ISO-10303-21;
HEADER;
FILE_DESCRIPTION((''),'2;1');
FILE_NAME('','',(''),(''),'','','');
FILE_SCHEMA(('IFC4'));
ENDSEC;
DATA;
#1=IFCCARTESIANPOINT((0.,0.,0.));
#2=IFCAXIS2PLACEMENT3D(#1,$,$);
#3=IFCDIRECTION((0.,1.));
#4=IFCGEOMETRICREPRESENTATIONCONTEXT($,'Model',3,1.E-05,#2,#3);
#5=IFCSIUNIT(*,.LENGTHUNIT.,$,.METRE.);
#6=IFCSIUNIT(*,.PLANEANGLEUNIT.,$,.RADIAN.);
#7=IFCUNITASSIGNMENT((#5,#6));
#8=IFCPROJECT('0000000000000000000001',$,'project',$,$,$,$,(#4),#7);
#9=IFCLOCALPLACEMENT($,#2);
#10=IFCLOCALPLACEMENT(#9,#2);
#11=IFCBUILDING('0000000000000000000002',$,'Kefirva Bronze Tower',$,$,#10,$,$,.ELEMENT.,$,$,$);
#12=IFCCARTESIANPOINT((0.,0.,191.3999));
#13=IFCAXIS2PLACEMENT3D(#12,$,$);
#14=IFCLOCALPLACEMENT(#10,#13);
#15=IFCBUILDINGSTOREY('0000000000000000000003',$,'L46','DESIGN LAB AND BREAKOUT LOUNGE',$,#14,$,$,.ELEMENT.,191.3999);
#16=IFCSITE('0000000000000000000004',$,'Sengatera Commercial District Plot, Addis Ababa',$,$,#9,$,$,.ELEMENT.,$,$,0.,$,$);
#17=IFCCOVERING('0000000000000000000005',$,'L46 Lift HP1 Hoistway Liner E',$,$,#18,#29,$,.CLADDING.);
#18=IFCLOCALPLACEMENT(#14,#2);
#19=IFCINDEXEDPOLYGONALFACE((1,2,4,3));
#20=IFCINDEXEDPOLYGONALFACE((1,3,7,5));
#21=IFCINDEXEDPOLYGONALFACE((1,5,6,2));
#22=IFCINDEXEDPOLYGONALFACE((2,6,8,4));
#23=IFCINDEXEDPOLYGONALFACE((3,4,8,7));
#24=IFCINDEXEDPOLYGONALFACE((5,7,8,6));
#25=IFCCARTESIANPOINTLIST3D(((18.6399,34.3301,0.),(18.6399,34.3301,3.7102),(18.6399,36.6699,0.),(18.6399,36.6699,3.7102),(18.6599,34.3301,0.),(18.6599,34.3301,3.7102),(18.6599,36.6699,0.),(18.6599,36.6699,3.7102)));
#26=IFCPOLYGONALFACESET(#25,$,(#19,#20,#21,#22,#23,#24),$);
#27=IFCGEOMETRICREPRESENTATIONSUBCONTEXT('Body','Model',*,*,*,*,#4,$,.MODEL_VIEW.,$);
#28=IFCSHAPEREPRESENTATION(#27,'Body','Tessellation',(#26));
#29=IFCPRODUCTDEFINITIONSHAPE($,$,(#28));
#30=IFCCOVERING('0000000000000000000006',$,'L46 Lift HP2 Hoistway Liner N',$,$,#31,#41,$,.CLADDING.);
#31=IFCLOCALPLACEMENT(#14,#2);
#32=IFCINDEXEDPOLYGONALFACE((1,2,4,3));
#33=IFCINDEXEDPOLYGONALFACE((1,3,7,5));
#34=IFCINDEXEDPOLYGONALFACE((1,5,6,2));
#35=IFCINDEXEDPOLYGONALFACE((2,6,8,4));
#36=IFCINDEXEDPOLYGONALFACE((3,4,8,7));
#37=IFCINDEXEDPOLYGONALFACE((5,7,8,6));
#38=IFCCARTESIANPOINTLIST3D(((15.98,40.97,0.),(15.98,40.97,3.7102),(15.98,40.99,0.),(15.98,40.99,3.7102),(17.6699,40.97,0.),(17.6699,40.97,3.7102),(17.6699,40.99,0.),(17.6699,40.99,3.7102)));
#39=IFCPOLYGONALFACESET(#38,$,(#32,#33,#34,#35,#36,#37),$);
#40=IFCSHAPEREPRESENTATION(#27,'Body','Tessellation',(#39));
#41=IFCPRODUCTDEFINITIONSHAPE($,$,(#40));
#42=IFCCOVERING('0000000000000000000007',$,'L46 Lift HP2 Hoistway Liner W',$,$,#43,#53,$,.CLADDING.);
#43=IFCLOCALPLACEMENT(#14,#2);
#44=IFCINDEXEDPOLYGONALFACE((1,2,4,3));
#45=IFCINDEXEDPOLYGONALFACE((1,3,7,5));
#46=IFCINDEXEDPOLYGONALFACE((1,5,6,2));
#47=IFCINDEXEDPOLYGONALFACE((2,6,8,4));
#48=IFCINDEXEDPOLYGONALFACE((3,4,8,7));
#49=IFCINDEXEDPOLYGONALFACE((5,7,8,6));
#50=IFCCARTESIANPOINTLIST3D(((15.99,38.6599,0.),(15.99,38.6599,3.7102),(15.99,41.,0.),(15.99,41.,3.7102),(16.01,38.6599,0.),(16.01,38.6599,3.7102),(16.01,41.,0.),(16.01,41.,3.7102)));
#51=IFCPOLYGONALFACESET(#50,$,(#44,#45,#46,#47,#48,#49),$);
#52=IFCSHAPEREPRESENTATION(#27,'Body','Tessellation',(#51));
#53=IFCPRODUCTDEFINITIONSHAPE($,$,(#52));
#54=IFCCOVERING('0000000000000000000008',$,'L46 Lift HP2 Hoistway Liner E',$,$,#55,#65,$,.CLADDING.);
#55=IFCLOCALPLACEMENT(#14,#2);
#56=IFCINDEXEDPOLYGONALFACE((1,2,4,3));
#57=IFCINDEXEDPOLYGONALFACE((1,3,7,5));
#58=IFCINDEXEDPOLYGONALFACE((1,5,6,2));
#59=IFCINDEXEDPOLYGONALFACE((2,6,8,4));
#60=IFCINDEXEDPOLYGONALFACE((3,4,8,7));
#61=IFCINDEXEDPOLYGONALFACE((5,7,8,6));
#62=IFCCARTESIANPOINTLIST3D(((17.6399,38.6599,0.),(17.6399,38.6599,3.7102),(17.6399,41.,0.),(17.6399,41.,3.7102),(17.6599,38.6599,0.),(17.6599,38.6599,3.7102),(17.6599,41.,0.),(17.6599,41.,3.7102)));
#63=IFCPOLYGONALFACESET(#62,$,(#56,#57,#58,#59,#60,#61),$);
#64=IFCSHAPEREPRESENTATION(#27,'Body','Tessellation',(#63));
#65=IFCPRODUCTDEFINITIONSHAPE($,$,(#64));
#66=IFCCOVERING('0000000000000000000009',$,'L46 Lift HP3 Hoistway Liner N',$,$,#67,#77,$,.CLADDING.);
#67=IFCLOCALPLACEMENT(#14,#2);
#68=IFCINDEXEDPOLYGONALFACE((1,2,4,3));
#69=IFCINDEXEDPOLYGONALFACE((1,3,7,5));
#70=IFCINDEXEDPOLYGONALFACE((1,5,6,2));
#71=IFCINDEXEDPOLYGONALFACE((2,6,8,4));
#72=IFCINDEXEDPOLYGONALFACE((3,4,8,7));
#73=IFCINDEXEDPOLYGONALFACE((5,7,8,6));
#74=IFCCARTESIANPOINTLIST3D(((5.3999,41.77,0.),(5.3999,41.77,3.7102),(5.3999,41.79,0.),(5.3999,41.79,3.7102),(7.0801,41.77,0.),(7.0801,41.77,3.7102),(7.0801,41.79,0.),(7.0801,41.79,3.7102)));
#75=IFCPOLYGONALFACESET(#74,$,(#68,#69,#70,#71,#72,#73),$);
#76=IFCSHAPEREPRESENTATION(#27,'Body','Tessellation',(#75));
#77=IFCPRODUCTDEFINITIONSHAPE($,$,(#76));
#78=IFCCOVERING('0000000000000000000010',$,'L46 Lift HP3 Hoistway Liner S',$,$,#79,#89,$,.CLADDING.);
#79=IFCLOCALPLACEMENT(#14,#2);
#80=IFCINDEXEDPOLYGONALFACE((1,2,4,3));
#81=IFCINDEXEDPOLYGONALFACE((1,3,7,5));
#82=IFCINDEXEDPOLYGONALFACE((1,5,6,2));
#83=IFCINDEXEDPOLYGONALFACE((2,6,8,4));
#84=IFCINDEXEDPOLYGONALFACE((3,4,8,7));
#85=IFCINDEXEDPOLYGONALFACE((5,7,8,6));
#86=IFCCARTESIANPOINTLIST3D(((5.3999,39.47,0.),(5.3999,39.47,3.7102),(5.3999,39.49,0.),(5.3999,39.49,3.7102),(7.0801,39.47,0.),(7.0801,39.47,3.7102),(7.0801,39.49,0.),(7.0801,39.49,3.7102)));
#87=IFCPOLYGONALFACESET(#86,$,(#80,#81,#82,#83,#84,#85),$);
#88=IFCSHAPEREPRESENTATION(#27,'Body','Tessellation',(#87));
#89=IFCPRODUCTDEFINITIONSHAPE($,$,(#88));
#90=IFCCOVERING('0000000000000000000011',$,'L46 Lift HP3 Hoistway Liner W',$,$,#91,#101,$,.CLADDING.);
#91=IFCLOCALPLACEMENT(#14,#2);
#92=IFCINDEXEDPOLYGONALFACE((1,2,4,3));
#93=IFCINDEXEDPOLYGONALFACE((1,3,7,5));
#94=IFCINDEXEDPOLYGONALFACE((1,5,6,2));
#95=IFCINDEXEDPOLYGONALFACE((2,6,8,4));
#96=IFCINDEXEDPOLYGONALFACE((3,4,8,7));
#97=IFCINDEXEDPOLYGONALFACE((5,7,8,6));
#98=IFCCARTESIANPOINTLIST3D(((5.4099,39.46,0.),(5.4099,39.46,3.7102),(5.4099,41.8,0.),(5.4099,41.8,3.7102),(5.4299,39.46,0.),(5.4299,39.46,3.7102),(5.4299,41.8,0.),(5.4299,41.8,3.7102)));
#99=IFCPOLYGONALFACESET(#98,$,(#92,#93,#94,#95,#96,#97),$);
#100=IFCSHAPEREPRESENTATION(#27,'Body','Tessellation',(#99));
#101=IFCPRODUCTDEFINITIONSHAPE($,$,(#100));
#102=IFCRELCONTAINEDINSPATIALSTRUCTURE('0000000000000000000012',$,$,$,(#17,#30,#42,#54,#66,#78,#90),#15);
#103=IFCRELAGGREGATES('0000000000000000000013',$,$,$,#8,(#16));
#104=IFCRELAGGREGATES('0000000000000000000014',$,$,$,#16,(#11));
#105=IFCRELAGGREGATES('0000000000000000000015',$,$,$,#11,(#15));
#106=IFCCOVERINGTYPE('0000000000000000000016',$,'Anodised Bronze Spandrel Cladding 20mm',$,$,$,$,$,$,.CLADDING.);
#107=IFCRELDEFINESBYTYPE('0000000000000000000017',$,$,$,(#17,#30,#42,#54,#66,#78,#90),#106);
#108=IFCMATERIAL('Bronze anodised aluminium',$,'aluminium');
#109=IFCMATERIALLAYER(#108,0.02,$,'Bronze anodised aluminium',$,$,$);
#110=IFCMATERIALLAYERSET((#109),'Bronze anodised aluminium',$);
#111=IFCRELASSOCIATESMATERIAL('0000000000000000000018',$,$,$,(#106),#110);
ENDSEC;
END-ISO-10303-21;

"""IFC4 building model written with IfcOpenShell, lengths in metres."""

from ifc_helpers import new_model, si_unit, direction, frame, origin, place, context, subcontext, project, spatial, polyline, outline, extrude, material, layer, layer_set, type_object, element, save


model = new_model("IFC4")

# Units and contexts
model_context = context("Model", 3, precision=1e-05, world=origin(), true_north=direction((0.0, 1.0)))
body_context = subcontext(model_context, "Body", "Model", "MODEL_VIEW")
ifc_project = project(units=[si_unit("LENGTHUNIT", "METRE"), si_unit("PLANEANGLEUNIT", "RADIAN")], contexts=[model_context])

# Site, building, storey
site_placement = place(None, origin())
site = spatial("IfcSite", under=ifc_project, at=site_placement, Name="Sengatera Commercial District Plot, Addis Ababa", CompositionType="ELEMENT", RefElevation=0.0)
building_placement = place(site_placement, origin())
building = spatial("IfcBuilding", under=site, at=building_placement, Name="Kefirva Bronze Tower", CompositionType="ELEMENT")
storey_placement = place(building_placement, frame((0.0, 0.0, 191.3999)))
storey = spatial("IfcBuildingStorey", under=building, at=storey_placement, Name="L46", Description="DESIGN LAB AND BREAKOUT LOUNGE", CompositionType="ELEMENT", Elevation=191.3999)

# Coverings
ifc_material_1 = material(Name="Bronze anodised aluminium", Category="aluminium")
ifc_layer_1 = layer(ifc_material_1, 0.02, Name="Bronze anodised aluminium")
ifc_layer_set_1 = layer_set([ifc_layer_1], Name="Bronze anodised aluminium")
covering_type = type_object("IfcCoveringType", Name="Anodised Bronze Spandrel Cladding 20mm", PredefinedType="CLADDING", material=ifc_layer_set_1)
covering_1_placement = place(storey_placement, origin())
element("IfcCovering", 1, at=covering_1_placement, inside=storey, type_object=covering_type, Name="L46 Lift HP1 Hoistway Liner E", PredefinedType="CLADDING", context=body_context, shape_type="SweptSolid", body=[
    extrude(outline(polyline([(18.6399, 34.3301), (18.6599, 34.3301), (18.6599, 36.6699), (18.6399, 36.6699), (18.6399, 34.3301)])), origin(), (0.0, 0.0, 1.0), 3.7102),
])
covering_2_placement = place(storey_placement, origin())
element("IfcCovering", 2, at=covering_2_placement, inside=storey, type_object=covering_type, Name="L46 Lift HP2 Hoistway Liner N", PredefinedType="CLADDING", context=body_context, shape_type="SweptSolid", body=[
    extrude(outline(polyline([(15.98, 40.97), (17.6699, 40.97), (17.6699, 40.99), (15.98, 40.99), (15.98, 40.97)])), origin(), (0.0, 0.0, 1.0), 3.7102),
])
covering_3_placement = place(storey_placement, origin())
element("IfcCovering", 3, at=covering_3_placement, inside=storey, type_object=covering_type, Name="L46 Lift HP2 Hoistway Liner W", PredefinedType="CLADDING", context=body_context, shape_type="SweptSolid", body=[
    extrude(outline(polyline([(15.99, 38.6599), (16.01, 38.6599), (16.01, 41.0), (15.99, 41.0), (15.99, 38.6599)])), origin(), (0.0, 0.0, 1.0), 3.7102),
])
covering_4_placement = place(storey_placement, origin())
element("IfcCovering", 4, at=covering_4_placement, inside=storey, type_object=covering_type, Name="L46 Lift HP2 Hoistway Liner E", PredefinedType="CLADDING", context=body_context, shape_type="SweptSolid", body=[
    extrude(outline(polyline([(17.6399, 38.6599), (17.6599, 38.6599), (17.6599, 41.0), (17.6399, 41.0), (17.6399, 38.6599)])), origin(), (0.0, 0.0, 1.0), 3.7102),
])
covering_5_placement = place(storey_placement, origin())
element("IfcCovering", 5, at=covering_5_placement, inside=storey, type_object=covering_type, Name="L46 Lift HP3 Hoistway Liner N", PredefinedType="CLADDING", context=body_context, shape_type="SweptSolid", body=[
    extrude(outline(polyline([(5.3999, 41.77), (7.0801, 41.77), (7.0801, 41.79), (5.3999, 41.79), (5.3999, 41.77)])), origin(), (0.0, 0.0, 1.0), 3.7102),
])
covering_6_placement = place(storey_placement, origin())
element("IfcCovering", 6, at=covering_6_placement, inside=storey, type_object=covering_type, Name="L46 Lift HP3 Hoistway Liner S", PredefinedType="CLADDING", context=body_context, shape_type="SweptSolid", body=[
    extrude(outline(polyline([(5.3999, 39.47), (7.0801, 39.47), (7.0801, 39.49), (5.3999, 39.49), (5.3999, 39.47)])), origin(), (0.0, 0.0, 1.0), 3.7102),
])
covering_7_placement = place(storey_placement, origin())
element("IfcCovering", 7, at=covering_7_placement, inside=storey, type_object=covering_type, Name="L46 Lift HP3 Hoistway Liner W", PredefinedType="CLADDING", context=body_context, shape_type="SweptSolid", body=[
    extrude(outline(polyline([(5.4099, 39.46), (5.4299, 39.46), (5.4299, 41.8), (5.4099, 41.8), (5.4099, 39.46)])), origin(), (0.0, 0.0, 1.0), 3.7102),
])

save(model, "model.ifc")
